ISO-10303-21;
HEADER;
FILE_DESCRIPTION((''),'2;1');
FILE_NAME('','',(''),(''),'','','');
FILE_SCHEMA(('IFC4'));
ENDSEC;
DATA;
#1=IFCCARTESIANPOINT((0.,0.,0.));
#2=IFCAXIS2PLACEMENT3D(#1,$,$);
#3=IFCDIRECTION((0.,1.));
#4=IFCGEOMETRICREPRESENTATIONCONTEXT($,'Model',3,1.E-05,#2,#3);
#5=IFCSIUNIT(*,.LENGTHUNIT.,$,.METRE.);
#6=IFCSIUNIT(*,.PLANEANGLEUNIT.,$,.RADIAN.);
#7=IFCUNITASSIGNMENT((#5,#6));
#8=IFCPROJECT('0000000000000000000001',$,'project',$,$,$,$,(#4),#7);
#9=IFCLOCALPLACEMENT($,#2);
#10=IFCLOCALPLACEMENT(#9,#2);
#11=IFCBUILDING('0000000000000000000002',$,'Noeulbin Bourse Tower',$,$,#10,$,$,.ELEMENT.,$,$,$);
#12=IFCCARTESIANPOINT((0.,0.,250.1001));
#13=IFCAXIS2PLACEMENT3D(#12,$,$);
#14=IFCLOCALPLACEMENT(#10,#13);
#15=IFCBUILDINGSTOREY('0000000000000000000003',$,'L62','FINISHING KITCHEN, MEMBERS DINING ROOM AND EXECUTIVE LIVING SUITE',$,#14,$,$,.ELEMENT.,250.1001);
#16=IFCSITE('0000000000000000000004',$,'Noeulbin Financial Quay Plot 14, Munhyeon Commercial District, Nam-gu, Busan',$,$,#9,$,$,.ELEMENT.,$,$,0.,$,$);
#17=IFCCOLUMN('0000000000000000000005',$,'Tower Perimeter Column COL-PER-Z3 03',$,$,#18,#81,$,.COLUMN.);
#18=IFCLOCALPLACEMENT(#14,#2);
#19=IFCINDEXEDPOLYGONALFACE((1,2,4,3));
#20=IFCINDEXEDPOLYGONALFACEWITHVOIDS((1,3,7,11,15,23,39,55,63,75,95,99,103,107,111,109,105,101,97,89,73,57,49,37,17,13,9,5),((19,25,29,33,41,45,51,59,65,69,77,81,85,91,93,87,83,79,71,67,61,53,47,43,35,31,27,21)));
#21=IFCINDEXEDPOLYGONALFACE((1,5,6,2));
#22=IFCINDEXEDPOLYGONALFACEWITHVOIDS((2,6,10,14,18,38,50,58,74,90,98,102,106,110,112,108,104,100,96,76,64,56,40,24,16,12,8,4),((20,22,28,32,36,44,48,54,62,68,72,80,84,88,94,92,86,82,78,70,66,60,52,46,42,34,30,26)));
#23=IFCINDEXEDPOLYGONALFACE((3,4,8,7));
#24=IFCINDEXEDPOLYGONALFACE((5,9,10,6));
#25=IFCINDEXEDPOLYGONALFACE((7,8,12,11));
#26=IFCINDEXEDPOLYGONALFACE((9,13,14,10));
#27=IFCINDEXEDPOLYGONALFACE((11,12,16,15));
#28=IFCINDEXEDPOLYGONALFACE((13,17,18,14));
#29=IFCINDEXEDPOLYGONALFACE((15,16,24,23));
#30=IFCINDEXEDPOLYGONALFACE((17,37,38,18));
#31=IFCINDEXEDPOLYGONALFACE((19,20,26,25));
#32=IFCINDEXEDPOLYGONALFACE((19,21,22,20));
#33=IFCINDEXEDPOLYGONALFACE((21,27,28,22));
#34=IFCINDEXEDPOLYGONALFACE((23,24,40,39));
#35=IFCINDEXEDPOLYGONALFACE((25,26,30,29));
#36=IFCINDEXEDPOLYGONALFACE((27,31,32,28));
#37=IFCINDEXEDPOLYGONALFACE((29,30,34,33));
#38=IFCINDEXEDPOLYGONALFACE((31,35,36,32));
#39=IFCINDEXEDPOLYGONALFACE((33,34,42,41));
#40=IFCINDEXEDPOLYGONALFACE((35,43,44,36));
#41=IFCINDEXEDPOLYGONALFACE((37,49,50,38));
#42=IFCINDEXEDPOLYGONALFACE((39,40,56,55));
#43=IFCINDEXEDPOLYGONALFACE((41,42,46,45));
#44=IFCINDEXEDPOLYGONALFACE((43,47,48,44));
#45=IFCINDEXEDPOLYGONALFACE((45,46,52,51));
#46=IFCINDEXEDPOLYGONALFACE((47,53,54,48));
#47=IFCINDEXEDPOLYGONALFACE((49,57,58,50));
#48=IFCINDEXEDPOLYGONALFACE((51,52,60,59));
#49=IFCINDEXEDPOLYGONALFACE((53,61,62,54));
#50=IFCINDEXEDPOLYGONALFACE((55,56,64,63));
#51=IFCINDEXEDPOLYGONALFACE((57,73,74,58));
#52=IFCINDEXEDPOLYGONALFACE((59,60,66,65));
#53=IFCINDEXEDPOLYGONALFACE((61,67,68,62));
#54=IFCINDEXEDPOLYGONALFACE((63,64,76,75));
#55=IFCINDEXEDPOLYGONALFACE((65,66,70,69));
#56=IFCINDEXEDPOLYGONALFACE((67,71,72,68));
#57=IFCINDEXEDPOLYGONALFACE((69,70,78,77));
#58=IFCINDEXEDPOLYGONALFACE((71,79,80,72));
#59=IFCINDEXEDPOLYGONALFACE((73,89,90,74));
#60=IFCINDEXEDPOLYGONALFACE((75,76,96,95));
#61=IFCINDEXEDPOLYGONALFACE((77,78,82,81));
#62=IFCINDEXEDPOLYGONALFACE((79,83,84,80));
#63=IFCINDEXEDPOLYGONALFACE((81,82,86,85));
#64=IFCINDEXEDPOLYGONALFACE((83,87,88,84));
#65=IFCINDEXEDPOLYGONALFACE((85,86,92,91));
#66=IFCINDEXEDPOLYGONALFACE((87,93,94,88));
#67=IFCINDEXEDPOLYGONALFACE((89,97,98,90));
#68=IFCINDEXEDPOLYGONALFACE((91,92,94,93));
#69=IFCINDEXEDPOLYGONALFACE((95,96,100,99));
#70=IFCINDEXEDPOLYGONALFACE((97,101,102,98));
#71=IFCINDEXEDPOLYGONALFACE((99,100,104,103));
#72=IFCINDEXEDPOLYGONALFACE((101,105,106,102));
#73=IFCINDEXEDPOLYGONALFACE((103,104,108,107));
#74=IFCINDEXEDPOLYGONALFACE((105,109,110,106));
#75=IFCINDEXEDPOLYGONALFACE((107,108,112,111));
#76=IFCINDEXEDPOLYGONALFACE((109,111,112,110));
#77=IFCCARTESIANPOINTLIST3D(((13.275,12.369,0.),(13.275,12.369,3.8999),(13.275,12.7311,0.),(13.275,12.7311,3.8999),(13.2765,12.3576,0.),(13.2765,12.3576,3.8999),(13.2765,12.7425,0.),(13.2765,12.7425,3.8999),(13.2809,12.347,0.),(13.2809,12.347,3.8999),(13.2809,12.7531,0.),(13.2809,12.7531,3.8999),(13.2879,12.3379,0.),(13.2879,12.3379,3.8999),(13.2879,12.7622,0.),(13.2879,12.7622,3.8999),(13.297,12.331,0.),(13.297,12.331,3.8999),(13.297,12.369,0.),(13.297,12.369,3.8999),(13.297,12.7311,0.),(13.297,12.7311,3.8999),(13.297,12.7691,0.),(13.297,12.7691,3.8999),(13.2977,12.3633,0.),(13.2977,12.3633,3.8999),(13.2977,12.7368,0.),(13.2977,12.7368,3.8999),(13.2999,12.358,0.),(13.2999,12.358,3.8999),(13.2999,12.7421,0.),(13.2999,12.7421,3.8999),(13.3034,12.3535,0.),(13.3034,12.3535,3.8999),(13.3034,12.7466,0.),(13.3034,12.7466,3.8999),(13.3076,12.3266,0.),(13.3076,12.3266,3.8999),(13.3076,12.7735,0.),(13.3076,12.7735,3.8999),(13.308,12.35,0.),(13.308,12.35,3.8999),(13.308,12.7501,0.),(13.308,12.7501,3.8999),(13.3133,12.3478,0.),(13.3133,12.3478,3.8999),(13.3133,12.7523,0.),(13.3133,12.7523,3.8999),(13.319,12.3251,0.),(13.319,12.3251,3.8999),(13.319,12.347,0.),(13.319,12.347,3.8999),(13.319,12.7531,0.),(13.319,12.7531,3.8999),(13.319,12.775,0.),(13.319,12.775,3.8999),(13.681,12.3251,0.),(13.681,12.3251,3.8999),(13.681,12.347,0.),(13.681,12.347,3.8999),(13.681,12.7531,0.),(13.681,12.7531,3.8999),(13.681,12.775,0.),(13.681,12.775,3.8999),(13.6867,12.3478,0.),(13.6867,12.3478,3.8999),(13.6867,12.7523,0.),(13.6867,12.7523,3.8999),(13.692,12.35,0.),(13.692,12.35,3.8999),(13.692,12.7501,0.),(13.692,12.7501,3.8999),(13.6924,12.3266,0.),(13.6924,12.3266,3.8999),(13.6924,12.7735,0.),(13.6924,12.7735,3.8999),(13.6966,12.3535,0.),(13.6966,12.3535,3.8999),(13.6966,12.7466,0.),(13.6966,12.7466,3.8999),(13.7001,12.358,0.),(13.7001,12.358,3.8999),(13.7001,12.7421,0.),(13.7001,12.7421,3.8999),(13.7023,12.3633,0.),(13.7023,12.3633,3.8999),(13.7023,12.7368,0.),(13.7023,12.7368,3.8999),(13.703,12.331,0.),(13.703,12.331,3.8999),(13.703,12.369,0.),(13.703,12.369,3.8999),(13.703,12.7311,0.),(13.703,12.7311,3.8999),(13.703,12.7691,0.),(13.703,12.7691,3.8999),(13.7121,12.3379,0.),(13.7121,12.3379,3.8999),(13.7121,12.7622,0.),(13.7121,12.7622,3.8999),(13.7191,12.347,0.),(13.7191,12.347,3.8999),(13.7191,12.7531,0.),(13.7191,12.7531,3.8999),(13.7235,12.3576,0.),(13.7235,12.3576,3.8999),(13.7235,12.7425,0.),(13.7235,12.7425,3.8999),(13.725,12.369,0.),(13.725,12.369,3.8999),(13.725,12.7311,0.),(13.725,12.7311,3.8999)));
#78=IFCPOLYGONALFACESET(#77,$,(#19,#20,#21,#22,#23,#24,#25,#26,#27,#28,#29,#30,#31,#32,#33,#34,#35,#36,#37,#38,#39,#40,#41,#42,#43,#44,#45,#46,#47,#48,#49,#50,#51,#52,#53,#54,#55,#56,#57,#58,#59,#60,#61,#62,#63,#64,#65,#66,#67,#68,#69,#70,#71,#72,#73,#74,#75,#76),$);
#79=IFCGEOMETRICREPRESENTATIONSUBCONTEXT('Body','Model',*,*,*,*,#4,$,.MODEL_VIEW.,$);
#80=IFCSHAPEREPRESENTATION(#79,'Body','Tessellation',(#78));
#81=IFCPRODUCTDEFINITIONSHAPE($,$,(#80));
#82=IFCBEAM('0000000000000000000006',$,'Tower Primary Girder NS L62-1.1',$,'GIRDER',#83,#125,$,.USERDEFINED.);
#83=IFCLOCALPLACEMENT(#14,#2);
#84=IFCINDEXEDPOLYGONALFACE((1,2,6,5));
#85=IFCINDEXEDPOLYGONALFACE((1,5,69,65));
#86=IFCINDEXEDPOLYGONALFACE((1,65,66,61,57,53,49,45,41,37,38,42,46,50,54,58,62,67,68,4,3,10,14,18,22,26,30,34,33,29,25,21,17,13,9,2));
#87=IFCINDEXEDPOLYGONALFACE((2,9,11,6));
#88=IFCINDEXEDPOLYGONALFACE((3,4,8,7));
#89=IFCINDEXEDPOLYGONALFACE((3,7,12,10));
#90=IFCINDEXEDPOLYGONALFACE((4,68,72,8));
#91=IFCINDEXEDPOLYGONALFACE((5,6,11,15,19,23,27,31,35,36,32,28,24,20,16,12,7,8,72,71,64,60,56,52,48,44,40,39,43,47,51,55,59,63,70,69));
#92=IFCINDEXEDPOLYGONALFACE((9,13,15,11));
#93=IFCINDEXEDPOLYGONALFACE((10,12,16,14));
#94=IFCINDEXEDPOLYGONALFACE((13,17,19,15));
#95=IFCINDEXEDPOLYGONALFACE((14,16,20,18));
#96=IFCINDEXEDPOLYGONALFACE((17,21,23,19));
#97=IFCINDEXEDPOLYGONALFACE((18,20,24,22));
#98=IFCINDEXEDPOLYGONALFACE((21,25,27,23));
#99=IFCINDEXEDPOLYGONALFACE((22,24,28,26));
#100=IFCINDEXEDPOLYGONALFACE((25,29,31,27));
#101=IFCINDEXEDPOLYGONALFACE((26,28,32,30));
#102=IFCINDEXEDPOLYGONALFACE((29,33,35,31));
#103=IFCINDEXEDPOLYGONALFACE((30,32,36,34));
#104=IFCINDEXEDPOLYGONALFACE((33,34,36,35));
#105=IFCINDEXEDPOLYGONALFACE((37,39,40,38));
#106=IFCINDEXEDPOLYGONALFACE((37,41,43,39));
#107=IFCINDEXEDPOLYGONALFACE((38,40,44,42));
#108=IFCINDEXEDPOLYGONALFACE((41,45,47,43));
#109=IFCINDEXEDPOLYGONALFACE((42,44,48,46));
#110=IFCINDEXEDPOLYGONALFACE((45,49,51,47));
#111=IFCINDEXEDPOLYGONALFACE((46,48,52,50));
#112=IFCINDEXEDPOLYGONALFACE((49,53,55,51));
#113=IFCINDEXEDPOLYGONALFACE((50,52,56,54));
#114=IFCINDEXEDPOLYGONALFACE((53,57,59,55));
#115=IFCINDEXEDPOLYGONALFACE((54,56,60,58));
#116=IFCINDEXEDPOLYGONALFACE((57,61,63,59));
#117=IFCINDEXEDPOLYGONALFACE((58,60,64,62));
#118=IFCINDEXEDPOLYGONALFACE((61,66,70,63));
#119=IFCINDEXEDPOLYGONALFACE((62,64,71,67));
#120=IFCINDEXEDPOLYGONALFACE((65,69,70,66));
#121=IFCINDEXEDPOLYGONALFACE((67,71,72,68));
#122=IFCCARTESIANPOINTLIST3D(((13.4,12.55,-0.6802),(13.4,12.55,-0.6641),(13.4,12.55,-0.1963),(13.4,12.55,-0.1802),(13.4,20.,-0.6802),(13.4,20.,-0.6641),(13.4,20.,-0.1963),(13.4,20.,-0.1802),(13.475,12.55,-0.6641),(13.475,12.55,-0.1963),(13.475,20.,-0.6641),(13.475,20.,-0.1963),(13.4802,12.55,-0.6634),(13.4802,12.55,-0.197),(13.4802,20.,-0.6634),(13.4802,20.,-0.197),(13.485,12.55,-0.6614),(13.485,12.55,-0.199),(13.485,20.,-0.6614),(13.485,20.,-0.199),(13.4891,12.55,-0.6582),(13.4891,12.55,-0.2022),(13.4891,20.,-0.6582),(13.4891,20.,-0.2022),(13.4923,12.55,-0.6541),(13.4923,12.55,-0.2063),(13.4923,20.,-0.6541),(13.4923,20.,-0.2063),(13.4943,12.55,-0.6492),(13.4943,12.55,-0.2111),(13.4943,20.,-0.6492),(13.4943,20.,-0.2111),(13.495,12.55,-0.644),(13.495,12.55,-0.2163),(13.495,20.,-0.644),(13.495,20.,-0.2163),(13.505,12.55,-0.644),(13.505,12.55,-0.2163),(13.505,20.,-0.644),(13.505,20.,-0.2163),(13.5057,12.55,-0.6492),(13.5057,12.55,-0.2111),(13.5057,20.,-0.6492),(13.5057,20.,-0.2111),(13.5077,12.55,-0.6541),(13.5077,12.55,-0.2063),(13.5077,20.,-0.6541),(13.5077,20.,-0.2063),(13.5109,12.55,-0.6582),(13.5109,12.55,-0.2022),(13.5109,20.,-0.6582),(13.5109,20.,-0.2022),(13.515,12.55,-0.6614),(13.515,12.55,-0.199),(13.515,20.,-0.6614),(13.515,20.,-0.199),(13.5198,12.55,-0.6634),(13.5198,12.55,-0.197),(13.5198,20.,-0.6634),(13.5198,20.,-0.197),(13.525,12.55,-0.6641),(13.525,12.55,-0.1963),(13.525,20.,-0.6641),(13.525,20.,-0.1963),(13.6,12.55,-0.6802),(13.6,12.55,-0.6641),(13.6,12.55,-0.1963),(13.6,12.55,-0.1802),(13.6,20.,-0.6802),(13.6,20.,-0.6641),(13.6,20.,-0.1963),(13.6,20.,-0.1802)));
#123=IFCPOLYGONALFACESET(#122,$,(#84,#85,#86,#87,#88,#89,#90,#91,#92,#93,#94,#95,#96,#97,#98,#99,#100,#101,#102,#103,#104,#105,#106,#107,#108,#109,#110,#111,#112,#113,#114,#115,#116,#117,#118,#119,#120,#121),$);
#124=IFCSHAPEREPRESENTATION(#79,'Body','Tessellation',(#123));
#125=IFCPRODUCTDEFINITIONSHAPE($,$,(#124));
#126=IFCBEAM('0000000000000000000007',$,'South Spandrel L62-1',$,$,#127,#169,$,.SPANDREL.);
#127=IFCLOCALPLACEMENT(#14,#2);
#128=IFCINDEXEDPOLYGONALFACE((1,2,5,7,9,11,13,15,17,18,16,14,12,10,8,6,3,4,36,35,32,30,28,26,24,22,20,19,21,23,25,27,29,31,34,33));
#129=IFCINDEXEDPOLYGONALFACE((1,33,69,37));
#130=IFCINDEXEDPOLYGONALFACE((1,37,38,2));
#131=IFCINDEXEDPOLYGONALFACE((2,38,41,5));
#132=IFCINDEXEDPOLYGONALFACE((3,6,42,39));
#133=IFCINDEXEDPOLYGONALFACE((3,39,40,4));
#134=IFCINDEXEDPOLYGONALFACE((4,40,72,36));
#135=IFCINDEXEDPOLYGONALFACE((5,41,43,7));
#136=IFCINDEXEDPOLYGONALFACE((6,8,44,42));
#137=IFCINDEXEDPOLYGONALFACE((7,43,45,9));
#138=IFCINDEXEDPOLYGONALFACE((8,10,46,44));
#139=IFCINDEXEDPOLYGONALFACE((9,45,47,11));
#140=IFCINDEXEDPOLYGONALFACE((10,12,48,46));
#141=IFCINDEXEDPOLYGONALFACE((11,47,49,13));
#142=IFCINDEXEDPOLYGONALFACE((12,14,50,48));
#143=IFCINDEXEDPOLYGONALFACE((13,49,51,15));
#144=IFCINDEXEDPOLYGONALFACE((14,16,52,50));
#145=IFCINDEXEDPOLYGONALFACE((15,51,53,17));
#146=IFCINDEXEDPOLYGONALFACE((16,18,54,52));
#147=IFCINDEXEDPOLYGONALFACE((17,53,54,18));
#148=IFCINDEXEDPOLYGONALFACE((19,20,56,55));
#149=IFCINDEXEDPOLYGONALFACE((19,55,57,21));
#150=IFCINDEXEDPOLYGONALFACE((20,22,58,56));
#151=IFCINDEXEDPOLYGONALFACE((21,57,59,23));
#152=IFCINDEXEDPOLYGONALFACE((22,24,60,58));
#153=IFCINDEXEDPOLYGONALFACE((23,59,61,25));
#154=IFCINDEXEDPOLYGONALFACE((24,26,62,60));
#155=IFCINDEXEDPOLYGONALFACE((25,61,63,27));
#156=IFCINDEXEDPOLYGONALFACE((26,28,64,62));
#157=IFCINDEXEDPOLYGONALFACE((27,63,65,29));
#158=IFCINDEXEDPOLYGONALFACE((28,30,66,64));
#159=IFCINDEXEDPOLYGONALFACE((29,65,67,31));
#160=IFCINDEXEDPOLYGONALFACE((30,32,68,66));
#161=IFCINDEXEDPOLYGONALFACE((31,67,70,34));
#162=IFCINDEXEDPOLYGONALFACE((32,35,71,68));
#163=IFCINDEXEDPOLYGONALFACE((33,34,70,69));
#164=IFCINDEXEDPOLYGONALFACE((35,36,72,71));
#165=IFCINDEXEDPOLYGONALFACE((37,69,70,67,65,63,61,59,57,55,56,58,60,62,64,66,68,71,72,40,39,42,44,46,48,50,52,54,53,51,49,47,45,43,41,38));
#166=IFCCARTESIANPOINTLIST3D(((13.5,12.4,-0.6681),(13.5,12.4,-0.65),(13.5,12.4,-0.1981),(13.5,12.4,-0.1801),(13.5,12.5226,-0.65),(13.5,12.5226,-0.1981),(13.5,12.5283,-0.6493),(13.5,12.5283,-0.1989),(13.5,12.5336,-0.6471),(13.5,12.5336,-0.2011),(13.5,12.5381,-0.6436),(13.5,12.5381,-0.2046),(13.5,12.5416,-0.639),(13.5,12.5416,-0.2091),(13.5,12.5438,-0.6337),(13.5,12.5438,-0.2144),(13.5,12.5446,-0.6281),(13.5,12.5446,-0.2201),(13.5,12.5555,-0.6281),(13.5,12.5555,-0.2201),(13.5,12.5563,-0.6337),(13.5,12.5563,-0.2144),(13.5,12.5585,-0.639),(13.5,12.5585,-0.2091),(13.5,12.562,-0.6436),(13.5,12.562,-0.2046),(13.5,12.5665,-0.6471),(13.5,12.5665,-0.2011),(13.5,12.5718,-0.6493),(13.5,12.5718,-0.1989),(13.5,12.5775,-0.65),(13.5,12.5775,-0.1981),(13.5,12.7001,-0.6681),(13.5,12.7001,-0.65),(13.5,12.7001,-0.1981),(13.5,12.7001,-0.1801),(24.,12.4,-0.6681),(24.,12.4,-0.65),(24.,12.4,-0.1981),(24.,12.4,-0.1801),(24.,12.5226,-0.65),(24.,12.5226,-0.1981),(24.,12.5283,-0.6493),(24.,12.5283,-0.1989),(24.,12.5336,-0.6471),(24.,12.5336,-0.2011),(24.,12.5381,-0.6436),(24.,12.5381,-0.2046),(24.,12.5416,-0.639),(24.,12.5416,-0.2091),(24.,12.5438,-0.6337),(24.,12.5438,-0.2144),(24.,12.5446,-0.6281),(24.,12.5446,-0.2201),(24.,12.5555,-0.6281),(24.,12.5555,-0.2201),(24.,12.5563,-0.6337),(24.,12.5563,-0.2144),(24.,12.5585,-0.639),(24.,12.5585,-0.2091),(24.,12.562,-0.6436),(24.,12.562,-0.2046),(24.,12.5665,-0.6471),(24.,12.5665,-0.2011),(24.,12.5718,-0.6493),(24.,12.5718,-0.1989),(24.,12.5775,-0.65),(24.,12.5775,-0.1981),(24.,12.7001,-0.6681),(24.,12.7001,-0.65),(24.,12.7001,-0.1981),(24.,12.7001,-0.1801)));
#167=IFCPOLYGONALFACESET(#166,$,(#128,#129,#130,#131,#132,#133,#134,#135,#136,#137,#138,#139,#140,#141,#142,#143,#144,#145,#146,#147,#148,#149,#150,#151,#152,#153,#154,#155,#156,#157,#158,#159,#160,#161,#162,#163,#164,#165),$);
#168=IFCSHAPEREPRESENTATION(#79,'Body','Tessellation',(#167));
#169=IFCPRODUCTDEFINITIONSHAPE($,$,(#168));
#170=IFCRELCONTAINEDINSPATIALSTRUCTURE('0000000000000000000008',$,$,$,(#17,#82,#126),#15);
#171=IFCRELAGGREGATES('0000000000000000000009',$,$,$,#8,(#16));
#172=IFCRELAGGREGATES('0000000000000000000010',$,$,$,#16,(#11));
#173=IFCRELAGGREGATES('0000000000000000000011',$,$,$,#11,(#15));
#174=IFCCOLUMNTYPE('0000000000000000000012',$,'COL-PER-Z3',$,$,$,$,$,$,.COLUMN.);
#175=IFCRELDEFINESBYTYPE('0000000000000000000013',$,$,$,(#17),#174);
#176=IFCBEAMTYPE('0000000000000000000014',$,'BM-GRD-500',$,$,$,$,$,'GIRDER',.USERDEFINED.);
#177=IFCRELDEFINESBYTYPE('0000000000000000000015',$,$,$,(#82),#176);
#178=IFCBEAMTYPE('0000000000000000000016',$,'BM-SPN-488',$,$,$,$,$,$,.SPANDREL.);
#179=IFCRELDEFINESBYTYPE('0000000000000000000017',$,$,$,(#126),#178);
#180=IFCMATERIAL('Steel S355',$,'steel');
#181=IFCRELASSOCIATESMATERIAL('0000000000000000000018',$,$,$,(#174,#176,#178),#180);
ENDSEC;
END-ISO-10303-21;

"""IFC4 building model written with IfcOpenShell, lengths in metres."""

from ifc_helpers import new_model, si_unit, direction, frame, origin, origin_2d, place, context, subcontext, project, spatial, hollow_rectangle, i_section, extrude, material, material_profile, profile_set, type_object, element, save


model = new_model("IFC4")

# Units and contexts
model_context = context("Model", 3, precision=1e-05, world=origin(), true_north=direction((0.0, 1.0)))
body_context = subcontext(model_context, "Body", "Model", "MODEL_VIEW")
ifc_project = project(units=[si_unit("LENGTHUNIT", "METRE"), si_unit("PLANEANGLEUNIT", "RADIAN")], contexts=[model_context])

# Site, building, storey
site_placement = place(None, origin())
site = spatial("IfcSite", under=ifc_project, at=site_placement, Name="Noeulbin Financial Quay Plot 14, Munhyeon Commercial District, Nam-gu, Busan", CompositionType="ELEMENT", RefElevation=0.0)
building_placement = place(site_placement, origin())
building = spatial("IfcBuilding", under=site, at=building_placement, Name="Noeulbin Bourse Tower", CompositionType="ELEMENT")
storey_placement = place(building_placement, frame((0.0, 0.0, 250.1001)))
storey = spatial("IfcBuildingStorey", under=building, at=storey_placement, Name="L62", Description="FINISHING KITCHEN, MEMBERS DINING ROOM AND EXECUTIVE LIVING SUITE", CompositionType="ELEMENT", Elevation=250.1001)

# Column
ifc_material_1 = material(Name="Steel S355", Category="steel")
ifc_material_profile_1 = material_profile(ifc_material_1, hollow_rectangle(XDim=0.45, YDim=0.45, WallThickness=0.022, InnerFilletRadius=0.022, OuterFilletRadius=0.0439, at=origin_2d()), Name="SHS-450x450x22", Category="LoadBearing")
ifc_profile_set_1 = profile_set([ifc_material_profile_1], Name="Steel S355")
column_type = type_object("IfcColumnType", Name="COL-PER-Z3", PredefinedType="COLUMN", material=ifc_profile_set_1)
column_placement = place(storey_placement, frame((13.5, 12.55, 0.0), z_axis=(0.0, 0.0, 1.0), x_axis=(1.0, 0.0, 0.0)))
element("IfcColumn", 1, at=column_placement, inside=storey, type_object=column_type, Name="Tower Perimeter Column COL-PER-Z3 03", PredefinedType="COLUMN", context=body_context, shape_type="SweptSolid", body=[
    extrude(hollow_rectangle(XDim=0.45, YDim=0.45, WallThickness=0.022, InnerFilletRadius=0.022, OuterFilletRadius=0.0439, at=origin_2d()), origin(), (0.0, 0.0, 1.0), 3.8999),
])

# Beams
ifc_material_profile_2 = material_profile(ifc_material_1, i_section(OverallWidth=0.2, OverallDepth=0.5, WebThickness=0.01, FlangeThickness=0.0161, FilletRadius=0.02, at=origin_2d()), Name="H-500x200x10x16", Category="LoadBearing")
ifc_profile_set_2 = profile_set([ifc_material_profile_2], Name="Steel S355")
beam_type_1 = type_object("IfcBeamType", Name="BM-GRD-500", ElementType="GIRDER", PredefinedType="USERDEFINED", material=ifc_profile_set_2)
beam_1_placement = place(storey_placement, frame((13.5, 12.55, -0.4302), z_axis=(0.0, 1.0, 0.0), x_axis=(-1.0, 0.0, 0.0)))
element("IfcBeam", 2, at=beam_1_placement, inside=storey, type_object=beam_type_1, Name="Tower Primary Girder NS L62-1.1", ObjectType="GIRDER", PredefinedType="USERDEFINED", context=body_context, shape_type="SweptSolid", body=[
    extrude(i_section(OverallWidth=0.2, OverallDepth=0.5, WebThickness=0.01, FlangeThickness=0.0161, FilletRadius=0.02, at=origin_2d()), origin(), (0.0, 0.0, 1.0), 7.45),
])
ifc_material_profile_3 = material_profile(ifc_material_1, i_section(OverallWidth=0.3, OverallDepth=0.488, WebThickness=0.011, FlangeThickness=0.0181, FilletRadius=0.022, at=origin_2d()), Name="H-488x300x11x18", Category="LoadBearing")
ifc_profile_set_3 = profile_set([ifc_material_profile_3], Name="Steel S355")
beam_type_2 = type_object("IfcBeamType", Name="BM-SPN-488", PredefinedType="SPANDREL", material=ifc_profile_set_3)
beam_2_placement = place(storey_placement, frame((13.5, 12.55, -0.4241), z_axis=(1.0, 0.0, 0.0), x_axis=(0.0, 1.0, 0.0)))
element("IfcBeam", 3, at=beam_2_placement, inside=storey, type_object=beam_type_2, Name="South Spandrel L62-1", PredefinedType="SPANDREL", context=body_context, shape_type="SweptSolid", body=[
    extrude(i_section(OverallWidth=0.3, OverallDepth=0.488, WebThickness=0.011, FlangeThickness=0.0181, FilletRadius=0.022, at=origin_2d()), origin(), (0.0, 0.0, 1.0), 10.5),
])

save(model, "model.ifc")
